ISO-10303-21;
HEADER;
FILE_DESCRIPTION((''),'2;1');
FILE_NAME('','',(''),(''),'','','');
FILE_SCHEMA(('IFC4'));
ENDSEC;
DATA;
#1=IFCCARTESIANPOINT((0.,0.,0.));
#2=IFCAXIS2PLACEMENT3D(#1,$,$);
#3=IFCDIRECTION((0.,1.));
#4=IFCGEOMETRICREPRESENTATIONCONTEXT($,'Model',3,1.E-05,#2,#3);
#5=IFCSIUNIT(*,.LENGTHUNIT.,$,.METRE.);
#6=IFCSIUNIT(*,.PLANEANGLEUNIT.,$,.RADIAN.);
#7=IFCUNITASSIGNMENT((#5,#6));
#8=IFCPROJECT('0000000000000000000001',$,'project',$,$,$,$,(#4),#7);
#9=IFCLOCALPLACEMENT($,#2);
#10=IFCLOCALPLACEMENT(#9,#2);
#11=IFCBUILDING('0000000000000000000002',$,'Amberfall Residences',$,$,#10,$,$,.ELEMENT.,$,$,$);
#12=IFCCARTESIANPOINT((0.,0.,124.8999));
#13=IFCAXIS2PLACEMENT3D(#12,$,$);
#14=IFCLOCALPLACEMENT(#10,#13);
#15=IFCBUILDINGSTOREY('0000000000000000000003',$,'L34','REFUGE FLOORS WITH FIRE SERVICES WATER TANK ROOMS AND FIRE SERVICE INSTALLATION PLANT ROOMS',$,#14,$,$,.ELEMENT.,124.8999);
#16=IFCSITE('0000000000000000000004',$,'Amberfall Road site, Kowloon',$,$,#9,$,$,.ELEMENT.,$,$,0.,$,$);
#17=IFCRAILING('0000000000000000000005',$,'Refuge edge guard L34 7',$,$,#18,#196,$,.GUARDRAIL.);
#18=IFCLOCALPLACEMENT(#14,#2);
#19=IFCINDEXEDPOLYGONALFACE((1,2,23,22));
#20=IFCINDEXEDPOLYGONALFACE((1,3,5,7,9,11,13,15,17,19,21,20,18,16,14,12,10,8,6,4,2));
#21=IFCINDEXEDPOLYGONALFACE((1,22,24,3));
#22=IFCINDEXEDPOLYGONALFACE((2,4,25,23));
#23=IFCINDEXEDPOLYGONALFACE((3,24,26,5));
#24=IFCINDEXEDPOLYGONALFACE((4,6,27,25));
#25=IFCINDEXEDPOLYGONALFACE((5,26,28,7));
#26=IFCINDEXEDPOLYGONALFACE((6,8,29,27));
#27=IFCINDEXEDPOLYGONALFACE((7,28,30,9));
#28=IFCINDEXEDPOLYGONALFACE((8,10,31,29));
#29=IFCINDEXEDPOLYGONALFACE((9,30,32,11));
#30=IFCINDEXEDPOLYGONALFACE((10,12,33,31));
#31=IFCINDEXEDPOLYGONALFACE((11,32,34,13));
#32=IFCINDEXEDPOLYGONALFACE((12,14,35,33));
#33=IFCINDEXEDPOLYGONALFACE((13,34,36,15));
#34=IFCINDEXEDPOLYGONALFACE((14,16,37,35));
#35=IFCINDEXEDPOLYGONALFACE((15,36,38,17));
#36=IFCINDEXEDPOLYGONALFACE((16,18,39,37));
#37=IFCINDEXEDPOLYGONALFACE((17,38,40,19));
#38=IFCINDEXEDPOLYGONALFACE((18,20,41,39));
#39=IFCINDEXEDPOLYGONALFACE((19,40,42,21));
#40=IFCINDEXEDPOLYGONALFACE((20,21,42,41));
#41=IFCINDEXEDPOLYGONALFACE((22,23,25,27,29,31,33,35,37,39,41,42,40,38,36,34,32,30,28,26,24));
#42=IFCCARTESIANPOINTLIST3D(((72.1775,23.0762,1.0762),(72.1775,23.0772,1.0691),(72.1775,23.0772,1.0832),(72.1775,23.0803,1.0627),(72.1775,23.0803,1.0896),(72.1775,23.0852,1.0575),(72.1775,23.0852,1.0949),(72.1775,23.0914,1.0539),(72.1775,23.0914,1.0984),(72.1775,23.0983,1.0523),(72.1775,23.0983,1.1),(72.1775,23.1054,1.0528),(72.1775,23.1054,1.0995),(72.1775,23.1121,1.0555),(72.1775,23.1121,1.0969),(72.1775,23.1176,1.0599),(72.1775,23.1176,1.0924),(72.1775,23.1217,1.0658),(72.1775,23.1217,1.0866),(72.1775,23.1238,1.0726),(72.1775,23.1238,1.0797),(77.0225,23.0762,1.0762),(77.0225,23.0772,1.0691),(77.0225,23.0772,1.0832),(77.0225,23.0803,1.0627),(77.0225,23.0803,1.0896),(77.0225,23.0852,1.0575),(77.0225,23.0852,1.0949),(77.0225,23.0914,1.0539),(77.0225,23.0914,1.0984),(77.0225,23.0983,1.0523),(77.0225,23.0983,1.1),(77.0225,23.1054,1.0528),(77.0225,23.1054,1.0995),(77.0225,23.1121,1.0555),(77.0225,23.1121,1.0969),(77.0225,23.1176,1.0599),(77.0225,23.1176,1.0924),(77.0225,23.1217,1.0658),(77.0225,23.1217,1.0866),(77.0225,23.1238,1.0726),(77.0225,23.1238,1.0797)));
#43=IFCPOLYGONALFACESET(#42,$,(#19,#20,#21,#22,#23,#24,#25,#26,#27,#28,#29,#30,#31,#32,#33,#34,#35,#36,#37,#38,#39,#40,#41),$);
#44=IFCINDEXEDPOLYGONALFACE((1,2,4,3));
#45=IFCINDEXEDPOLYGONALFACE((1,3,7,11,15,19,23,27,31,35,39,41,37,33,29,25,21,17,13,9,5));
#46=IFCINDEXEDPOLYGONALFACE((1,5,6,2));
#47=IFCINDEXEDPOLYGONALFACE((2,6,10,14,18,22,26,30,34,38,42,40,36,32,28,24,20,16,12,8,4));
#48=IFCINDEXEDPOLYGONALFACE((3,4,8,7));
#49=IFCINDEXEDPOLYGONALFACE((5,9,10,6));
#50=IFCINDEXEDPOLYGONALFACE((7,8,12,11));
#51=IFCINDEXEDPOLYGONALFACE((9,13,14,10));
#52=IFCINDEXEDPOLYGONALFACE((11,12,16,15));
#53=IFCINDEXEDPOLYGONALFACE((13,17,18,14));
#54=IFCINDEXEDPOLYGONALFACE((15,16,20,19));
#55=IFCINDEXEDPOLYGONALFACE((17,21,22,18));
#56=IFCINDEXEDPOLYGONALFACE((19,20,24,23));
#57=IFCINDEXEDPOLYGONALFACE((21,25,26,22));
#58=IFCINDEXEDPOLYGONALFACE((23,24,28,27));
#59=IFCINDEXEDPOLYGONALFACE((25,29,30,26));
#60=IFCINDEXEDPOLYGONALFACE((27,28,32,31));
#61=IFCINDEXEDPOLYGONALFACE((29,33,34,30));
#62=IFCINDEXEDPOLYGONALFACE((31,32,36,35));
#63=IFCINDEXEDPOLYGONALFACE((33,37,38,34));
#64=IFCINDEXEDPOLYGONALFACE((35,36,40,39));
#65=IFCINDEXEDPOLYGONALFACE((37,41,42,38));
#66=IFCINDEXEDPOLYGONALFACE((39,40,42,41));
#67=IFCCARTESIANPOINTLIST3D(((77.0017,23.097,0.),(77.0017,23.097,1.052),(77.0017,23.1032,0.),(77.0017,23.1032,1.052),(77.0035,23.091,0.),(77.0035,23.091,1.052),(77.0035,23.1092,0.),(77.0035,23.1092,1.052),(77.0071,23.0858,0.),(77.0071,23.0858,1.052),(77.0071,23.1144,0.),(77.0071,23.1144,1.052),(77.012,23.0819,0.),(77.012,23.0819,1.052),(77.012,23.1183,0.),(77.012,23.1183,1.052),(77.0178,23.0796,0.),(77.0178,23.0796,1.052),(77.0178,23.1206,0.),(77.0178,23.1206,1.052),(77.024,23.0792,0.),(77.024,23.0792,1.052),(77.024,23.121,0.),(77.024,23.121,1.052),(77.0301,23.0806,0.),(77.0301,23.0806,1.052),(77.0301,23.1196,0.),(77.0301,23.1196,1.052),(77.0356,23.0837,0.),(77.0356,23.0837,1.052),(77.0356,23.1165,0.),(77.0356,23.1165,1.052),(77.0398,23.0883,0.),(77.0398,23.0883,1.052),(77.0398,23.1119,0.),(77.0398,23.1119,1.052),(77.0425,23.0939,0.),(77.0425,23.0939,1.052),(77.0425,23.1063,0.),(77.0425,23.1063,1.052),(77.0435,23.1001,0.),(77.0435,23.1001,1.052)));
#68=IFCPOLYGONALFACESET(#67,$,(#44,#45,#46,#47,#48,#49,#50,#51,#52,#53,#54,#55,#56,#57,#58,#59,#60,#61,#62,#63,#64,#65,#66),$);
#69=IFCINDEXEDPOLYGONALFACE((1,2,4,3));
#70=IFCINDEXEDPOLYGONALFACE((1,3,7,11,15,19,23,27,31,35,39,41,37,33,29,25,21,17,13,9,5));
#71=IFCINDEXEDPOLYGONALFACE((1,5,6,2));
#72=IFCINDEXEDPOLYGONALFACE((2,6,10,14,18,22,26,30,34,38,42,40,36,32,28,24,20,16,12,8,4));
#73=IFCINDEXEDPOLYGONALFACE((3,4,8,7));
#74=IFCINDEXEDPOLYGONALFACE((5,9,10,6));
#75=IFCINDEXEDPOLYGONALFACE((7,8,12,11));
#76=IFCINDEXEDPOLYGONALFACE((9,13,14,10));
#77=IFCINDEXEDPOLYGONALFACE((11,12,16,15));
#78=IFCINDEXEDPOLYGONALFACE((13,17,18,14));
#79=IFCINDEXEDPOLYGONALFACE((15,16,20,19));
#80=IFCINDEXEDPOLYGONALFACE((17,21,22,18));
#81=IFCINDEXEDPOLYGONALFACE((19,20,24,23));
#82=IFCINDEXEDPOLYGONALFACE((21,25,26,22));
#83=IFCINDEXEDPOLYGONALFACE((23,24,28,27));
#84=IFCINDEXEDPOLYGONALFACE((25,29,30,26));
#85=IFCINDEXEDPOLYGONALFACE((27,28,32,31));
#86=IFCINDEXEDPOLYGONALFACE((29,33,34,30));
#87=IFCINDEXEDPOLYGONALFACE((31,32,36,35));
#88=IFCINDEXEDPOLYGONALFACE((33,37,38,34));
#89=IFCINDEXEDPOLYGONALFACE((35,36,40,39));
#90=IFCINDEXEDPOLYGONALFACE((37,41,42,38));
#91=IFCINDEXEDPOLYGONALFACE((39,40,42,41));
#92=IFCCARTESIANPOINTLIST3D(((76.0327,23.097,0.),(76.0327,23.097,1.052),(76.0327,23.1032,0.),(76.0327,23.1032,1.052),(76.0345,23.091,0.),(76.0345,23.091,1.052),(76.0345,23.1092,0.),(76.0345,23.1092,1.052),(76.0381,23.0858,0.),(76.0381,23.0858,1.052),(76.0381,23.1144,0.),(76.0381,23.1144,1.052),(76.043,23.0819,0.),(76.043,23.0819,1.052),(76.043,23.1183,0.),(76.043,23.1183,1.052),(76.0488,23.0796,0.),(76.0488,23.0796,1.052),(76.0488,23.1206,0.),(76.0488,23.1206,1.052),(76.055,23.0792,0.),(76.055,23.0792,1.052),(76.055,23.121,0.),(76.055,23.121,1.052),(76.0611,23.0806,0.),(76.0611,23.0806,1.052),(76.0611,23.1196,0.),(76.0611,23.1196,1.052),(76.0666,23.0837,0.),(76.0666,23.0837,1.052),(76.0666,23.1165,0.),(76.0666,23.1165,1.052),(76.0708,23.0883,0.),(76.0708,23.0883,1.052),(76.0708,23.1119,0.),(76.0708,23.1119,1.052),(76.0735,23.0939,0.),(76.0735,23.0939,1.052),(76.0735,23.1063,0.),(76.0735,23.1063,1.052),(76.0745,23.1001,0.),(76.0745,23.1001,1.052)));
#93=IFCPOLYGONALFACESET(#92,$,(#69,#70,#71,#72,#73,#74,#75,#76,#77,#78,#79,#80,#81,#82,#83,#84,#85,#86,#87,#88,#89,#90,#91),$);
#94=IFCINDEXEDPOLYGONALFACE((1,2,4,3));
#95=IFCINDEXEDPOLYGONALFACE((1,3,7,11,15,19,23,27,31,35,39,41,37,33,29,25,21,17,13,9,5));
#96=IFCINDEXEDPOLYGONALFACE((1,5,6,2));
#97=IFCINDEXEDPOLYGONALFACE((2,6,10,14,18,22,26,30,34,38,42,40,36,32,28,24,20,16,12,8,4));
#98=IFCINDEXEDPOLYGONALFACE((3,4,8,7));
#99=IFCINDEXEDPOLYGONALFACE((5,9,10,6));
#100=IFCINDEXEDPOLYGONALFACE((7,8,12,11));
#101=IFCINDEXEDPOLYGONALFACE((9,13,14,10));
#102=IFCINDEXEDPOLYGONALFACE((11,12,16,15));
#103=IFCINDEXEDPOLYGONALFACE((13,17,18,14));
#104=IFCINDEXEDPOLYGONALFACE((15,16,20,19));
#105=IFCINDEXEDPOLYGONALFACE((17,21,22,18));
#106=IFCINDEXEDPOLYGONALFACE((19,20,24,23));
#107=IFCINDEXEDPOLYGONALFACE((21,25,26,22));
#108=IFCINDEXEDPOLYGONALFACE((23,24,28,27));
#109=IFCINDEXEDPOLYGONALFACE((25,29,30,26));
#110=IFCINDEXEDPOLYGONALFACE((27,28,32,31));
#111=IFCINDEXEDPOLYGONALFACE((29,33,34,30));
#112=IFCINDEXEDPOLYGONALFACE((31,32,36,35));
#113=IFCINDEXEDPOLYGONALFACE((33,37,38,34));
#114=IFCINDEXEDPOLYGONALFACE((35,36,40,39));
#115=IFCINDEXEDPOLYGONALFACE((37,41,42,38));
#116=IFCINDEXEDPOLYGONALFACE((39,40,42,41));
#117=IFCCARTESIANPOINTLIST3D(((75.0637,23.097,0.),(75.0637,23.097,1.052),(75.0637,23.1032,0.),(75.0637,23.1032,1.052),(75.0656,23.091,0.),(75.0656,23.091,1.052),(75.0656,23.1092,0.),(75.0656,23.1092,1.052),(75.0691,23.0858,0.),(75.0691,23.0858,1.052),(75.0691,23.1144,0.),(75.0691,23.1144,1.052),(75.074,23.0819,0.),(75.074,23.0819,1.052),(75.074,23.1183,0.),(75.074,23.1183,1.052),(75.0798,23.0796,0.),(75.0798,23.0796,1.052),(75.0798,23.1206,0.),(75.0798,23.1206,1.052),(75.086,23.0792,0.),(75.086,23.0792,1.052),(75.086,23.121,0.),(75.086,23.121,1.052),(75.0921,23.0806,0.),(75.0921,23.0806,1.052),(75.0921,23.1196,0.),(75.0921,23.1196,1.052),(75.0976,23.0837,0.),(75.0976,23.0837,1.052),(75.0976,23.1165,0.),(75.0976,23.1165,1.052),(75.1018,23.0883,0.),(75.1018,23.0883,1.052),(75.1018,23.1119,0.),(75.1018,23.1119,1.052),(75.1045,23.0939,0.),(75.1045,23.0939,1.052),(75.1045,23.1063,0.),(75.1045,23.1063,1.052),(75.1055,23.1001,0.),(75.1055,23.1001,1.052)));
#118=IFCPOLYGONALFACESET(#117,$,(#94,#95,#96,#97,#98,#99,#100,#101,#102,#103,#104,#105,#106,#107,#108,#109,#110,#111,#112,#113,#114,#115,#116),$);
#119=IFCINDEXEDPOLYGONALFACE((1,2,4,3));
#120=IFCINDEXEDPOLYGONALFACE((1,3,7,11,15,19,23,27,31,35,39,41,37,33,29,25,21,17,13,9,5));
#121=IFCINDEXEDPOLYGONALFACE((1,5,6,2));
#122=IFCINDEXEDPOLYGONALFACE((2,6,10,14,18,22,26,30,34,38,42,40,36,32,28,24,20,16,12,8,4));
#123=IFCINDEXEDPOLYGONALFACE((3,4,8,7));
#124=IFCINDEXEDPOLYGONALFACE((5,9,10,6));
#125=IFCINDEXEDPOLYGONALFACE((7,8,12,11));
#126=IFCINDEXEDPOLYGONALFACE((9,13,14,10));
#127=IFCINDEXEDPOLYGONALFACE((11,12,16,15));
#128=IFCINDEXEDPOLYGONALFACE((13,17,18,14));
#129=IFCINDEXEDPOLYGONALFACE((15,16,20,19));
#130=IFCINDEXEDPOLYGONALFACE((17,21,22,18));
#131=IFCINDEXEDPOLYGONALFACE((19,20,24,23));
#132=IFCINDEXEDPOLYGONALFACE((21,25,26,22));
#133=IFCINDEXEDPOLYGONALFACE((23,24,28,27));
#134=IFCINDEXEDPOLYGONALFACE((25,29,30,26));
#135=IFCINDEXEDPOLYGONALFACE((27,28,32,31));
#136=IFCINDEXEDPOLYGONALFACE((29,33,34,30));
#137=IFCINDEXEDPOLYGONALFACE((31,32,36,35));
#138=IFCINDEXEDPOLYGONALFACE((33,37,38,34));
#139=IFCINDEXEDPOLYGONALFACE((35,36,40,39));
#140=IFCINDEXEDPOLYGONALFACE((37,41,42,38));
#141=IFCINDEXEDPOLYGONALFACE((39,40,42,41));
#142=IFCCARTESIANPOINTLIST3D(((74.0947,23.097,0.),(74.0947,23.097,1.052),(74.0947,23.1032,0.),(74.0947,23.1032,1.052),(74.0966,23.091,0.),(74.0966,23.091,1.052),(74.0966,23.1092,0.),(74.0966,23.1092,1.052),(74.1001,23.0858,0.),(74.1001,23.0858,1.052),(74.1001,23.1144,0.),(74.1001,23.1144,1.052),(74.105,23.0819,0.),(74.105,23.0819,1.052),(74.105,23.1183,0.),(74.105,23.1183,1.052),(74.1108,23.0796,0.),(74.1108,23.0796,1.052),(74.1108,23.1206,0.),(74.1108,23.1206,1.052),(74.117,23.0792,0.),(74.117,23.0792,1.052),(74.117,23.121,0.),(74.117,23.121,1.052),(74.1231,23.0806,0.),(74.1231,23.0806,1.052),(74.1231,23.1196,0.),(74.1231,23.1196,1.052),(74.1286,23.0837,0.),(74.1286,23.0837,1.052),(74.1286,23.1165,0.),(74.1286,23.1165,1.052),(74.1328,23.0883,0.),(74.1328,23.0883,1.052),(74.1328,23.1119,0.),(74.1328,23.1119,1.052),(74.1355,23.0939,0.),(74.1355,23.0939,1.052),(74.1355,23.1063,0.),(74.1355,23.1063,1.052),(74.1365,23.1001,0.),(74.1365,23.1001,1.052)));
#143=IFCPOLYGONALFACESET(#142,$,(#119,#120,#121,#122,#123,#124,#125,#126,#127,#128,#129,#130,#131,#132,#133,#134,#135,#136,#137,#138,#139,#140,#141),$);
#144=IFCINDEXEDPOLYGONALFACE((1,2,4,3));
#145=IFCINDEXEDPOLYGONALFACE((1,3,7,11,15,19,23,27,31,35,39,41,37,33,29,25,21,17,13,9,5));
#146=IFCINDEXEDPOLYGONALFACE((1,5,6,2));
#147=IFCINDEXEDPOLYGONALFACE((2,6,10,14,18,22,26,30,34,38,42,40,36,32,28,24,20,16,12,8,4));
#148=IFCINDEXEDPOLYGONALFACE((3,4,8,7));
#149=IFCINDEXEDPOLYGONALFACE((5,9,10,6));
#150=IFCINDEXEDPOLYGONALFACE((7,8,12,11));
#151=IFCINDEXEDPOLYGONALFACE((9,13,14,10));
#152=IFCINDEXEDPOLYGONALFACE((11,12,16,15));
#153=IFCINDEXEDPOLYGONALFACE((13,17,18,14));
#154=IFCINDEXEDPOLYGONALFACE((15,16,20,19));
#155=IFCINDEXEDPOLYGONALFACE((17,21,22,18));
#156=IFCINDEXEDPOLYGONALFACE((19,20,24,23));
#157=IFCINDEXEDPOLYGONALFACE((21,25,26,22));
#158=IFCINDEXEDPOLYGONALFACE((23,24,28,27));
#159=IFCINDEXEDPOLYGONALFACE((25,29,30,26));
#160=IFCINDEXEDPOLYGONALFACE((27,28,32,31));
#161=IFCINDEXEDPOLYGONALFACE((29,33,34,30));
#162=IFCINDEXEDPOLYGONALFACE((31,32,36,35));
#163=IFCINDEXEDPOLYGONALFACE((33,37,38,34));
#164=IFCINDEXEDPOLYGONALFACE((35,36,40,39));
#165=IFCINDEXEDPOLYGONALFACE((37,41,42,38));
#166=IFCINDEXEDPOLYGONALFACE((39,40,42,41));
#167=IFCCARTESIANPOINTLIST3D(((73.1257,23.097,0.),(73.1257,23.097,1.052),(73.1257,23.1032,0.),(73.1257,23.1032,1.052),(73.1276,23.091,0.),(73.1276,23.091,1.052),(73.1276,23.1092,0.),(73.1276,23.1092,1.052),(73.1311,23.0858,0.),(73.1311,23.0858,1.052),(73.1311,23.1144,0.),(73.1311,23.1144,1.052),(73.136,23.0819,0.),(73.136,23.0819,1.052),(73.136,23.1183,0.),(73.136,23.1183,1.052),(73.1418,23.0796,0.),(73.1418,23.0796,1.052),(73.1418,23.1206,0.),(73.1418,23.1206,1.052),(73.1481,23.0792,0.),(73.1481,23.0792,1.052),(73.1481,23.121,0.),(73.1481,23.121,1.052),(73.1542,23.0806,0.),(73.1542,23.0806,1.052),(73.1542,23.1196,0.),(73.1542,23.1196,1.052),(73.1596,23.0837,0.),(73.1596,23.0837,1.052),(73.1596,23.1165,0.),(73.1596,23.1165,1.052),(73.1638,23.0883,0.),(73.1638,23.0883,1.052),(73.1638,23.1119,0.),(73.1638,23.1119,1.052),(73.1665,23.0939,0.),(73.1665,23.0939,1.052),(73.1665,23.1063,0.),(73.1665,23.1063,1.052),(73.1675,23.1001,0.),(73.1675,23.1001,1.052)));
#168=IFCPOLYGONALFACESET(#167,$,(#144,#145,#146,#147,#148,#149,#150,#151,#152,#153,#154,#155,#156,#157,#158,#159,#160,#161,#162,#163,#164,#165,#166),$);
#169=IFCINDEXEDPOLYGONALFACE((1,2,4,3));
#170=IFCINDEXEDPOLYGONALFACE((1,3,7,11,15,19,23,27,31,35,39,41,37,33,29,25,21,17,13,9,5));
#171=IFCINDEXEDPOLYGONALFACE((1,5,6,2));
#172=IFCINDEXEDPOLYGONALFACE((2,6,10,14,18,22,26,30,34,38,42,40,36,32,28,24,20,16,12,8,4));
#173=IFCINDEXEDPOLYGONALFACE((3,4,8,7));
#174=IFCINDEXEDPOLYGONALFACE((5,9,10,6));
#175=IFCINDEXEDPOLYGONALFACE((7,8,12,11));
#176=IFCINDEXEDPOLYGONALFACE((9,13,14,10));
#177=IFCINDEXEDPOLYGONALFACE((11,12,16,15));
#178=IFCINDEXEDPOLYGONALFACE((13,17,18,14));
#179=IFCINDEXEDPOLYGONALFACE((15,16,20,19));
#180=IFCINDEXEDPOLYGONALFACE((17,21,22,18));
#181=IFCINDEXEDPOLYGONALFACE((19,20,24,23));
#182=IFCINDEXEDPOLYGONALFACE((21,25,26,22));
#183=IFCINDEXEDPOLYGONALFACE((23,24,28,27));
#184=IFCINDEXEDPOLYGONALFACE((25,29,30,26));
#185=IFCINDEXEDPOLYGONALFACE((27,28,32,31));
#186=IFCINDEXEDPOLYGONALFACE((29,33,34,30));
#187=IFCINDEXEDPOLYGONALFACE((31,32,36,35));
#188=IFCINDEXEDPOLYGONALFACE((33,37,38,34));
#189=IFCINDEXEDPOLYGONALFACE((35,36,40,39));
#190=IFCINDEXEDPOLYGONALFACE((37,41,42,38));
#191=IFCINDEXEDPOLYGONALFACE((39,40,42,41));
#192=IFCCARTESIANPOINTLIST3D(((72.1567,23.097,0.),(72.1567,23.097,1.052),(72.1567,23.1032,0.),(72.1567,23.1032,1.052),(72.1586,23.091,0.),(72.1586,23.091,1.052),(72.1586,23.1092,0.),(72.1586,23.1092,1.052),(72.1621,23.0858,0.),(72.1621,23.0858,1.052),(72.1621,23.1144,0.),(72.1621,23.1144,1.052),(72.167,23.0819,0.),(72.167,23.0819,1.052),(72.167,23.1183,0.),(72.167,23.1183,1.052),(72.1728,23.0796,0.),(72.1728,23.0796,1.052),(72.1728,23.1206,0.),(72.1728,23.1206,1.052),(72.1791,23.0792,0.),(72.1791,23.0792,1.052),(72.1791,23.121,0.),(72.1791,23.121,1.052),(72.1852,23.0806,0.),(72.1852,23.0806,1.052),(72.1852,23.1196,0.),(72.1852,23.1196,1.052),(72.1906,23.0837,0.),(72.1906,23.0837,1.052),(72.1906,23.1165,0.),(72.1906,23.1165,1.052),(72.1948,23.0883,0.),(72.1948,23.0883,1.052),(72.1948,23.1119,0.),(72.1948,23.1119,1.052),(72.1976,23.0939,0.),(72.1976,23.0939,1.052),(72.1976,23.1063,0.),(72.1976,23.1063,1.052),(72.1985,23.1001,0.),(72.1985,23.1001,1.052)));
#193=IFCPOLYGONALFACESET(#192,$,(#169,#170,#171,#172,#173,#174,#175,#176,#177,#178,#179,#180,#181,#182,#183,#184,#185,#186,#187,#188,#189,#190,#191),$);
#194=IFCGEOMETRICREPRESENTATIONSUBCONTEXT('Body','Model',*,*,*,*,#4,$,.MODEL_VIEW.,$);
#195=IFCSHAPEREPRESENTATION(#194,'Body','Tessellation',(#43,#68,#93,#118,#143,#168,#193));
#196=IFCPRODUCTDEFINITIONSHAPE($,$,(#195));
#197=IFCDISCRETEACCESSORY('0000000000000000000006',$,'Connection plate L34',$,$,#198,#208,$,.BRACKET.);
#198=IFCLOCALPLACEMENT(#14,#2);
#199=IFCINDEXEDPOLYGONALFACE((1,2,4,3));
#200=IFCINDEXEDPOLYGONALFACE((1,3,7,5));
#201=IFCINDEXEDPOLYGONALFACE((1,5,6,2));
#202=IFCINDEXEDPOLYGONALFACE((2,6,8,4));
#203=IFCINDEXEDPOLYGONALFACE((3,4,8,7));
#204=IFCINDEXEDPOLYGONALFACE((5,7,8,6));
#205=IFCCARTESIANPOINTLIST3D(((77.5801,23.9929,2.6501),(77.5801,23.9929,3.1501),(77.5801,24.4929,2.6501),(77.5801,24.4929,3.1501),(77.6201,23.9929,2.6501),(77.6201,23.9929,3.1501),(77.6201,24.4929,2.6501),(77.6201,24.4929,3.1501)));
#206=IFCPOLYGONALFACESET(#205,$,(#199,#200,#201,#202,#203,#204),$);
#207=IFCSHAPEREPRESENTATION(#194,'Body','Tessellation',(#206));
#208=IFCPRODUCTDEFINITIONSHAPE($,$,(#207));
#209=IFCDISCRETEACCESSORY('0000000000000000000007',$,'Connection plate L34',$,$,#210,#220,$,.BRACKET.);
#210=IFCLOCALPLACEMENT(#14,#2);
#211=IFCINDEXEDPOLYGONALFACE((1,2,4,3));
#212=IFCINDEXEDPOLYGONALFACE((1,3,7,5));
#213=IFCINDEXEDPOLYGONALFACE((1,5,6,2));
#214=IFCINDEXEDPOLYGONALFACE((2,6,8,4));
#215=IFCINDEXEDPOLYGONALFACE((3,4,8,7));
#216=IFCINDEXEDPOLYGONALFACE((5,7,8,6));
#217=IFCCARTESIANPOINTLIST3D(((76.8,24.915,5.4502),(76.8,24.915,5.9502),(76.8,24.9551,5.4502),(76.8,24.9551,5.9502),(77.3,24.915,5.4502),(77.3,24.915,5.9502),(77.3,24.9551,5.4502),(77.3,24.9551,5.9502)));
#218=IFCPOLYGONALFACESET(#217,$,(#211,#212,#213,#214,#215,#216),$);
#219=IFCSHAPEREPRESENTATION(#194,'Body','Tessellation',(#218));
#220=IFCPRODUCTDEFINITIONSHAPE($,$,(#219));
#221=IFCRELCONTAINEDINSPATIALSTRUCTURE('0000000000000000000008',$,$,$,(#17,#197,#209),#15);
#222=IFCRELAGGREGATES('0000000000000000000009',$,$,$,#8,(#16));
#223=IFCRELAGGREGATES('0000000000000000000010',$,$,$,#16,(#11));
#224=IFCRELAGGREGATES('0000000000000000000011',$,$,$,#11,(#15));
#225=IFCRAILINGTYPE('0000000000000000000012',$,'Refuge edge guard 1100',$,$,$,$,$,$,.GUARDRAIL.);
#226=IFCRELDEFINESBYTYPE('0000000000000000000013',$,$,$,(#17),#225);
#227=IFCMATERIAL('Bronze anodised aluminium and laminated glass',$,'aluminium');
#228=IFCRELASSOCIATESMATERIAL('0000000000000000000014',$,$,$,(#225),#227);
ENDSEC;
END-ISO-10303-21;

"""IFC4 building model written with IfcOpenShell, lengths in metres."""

from ifc_helpers import new_model, si_unit, direction, frame, origin, origin_2d, place, context, subcontext, project, spatial, rectangle, circle, extrude, material, type_object, element, save


model = new_model("IFC4")

# Units and contexts
model_context = context("Model", 3, precision=1e-05, world=origin(), true_north=direction((0.0, 1.0)))
body_context = subcontext(model_context, "Body", "Model", "MODEL_VIEW")
ifc_project = project(units=[si_unit("LENGTHUNIT", "METRE"), si_unit("PLANEANGLEUNIT", "RADIAN")], contexts=[model_context])

# Site, building, storey
site_placement = place(None, origin())
site = spatial("IfcSite", under=ifc_project, at=site_placement, Name="Amberfall Road site, Kowloon", CompositionType="ELEMENT", RefElevation=0.0)
building_placement = place(site_placement, origin())
building = spatial("IfcBuilding", under=site, at=building_placement, Name="Amberfall Residences", CompositionType="ELEMENT")
storey_placement = place(building_placement, frame((0.0, 0.0, 124.8999)))
storey = spatial("IfcBuildingStorey", under=building, at=storey_placement, Name="L34", Description="REFUGE FLOORS WITH FIRE SERVICES WATER TANK ROOMS AND FIRE SERVICE INSTALLATION PLANT ROOMS", CompositionType="ELEMENT", Elevation=124.8999)

# Railing
ifc_material_1 = material(Name="Bronze anodised aluminium and laminated glass", Category="aluminium")
railing_type = type_object("IfcRailingType", Name="Refuge edge guard 1100", PredefinedType="GUARDRAIL", material=ifc_material_1)
railing_1_placement = place(storey_placement, frame((77.0225, 23.1001, 0.0)))
element("IfcRailing", 1, at=railing_1_placement, inside=storey, type_object=railing_type, Name="Refuge edge guard L34 7", PredefinedType="GUARDRAIL", context=body_context, shape_type="SweptSolid", body=[
    extrude(circle(Radius=0.0239, at=origin_2d()), frame((0.0, 0.0, 1.0762), z_axis=(-1.0, 0.0, 0.0), x_axis=(0.0, -1.0, 0.0)), (0.0, 0.0, 1.0), 4.845),
    extrude(circle(Radius=0.021, at=origin_2d()), origin(), (0.0, 0.0, 1.0), 1.052),
    extrude(circle(Radius=0.021, at=origin_2d()), frame((-0.969, 0.0, 0.0)), (0.0, 0.0, 1.0), 1.052),
    extrude(circle(Radius=0.021, at=origin_2d()), frame((-1.938, 0.0, 0.0)), (0.0, 0.0, 1.0), 1.052),
    extrude(circle(Radius=0.021, at=origin_2d()), frame((-2.907, 0.0, 0.0)), (0.0, 0.0, 1.0), 1.052),
    extrude(circle(Radius=0.021, at=origin_2d()), frame((-3.876, 0.0, 0.0)), (0.0, 0.0, 1.0), 1.052),
    extrude(circle(Radius=0.021, at=origin_2d()), frame((-4.845, 0.0, 0.0)), (0.0, 0.0, 1.0), 1.052),
])

# Discrete accessories
for number, where, z_axis, x_axis, name in (
    (2, (77.6001, 24.2429, 2.6501), (0.0, 0.0, 1.0), (0.0, 1.0, 0.0), "Connection plate L34"),
    (3, (77.05, 24.9351, 5.4502), (0.0, 0.0, 1.0), (1.0, 0.0, 0.0), "Connection plate L34"),
):
    element("IfcDiscreteAccessory", number, at=place(storey_placement, frame(where, z_axis=z_axis, x_axis=x_axis)), inside=storey, Name=name, PredefinedType="BRACKET", context=body_context, shape_type="SweptSolid", body=[
        extrude(rectangle(XDim=0.5, YDim=0.04, at=origin_2d()), origin(), (0.0, 0.0, 1.0), 0.5),
    ])

save(model, "model.ifc")
